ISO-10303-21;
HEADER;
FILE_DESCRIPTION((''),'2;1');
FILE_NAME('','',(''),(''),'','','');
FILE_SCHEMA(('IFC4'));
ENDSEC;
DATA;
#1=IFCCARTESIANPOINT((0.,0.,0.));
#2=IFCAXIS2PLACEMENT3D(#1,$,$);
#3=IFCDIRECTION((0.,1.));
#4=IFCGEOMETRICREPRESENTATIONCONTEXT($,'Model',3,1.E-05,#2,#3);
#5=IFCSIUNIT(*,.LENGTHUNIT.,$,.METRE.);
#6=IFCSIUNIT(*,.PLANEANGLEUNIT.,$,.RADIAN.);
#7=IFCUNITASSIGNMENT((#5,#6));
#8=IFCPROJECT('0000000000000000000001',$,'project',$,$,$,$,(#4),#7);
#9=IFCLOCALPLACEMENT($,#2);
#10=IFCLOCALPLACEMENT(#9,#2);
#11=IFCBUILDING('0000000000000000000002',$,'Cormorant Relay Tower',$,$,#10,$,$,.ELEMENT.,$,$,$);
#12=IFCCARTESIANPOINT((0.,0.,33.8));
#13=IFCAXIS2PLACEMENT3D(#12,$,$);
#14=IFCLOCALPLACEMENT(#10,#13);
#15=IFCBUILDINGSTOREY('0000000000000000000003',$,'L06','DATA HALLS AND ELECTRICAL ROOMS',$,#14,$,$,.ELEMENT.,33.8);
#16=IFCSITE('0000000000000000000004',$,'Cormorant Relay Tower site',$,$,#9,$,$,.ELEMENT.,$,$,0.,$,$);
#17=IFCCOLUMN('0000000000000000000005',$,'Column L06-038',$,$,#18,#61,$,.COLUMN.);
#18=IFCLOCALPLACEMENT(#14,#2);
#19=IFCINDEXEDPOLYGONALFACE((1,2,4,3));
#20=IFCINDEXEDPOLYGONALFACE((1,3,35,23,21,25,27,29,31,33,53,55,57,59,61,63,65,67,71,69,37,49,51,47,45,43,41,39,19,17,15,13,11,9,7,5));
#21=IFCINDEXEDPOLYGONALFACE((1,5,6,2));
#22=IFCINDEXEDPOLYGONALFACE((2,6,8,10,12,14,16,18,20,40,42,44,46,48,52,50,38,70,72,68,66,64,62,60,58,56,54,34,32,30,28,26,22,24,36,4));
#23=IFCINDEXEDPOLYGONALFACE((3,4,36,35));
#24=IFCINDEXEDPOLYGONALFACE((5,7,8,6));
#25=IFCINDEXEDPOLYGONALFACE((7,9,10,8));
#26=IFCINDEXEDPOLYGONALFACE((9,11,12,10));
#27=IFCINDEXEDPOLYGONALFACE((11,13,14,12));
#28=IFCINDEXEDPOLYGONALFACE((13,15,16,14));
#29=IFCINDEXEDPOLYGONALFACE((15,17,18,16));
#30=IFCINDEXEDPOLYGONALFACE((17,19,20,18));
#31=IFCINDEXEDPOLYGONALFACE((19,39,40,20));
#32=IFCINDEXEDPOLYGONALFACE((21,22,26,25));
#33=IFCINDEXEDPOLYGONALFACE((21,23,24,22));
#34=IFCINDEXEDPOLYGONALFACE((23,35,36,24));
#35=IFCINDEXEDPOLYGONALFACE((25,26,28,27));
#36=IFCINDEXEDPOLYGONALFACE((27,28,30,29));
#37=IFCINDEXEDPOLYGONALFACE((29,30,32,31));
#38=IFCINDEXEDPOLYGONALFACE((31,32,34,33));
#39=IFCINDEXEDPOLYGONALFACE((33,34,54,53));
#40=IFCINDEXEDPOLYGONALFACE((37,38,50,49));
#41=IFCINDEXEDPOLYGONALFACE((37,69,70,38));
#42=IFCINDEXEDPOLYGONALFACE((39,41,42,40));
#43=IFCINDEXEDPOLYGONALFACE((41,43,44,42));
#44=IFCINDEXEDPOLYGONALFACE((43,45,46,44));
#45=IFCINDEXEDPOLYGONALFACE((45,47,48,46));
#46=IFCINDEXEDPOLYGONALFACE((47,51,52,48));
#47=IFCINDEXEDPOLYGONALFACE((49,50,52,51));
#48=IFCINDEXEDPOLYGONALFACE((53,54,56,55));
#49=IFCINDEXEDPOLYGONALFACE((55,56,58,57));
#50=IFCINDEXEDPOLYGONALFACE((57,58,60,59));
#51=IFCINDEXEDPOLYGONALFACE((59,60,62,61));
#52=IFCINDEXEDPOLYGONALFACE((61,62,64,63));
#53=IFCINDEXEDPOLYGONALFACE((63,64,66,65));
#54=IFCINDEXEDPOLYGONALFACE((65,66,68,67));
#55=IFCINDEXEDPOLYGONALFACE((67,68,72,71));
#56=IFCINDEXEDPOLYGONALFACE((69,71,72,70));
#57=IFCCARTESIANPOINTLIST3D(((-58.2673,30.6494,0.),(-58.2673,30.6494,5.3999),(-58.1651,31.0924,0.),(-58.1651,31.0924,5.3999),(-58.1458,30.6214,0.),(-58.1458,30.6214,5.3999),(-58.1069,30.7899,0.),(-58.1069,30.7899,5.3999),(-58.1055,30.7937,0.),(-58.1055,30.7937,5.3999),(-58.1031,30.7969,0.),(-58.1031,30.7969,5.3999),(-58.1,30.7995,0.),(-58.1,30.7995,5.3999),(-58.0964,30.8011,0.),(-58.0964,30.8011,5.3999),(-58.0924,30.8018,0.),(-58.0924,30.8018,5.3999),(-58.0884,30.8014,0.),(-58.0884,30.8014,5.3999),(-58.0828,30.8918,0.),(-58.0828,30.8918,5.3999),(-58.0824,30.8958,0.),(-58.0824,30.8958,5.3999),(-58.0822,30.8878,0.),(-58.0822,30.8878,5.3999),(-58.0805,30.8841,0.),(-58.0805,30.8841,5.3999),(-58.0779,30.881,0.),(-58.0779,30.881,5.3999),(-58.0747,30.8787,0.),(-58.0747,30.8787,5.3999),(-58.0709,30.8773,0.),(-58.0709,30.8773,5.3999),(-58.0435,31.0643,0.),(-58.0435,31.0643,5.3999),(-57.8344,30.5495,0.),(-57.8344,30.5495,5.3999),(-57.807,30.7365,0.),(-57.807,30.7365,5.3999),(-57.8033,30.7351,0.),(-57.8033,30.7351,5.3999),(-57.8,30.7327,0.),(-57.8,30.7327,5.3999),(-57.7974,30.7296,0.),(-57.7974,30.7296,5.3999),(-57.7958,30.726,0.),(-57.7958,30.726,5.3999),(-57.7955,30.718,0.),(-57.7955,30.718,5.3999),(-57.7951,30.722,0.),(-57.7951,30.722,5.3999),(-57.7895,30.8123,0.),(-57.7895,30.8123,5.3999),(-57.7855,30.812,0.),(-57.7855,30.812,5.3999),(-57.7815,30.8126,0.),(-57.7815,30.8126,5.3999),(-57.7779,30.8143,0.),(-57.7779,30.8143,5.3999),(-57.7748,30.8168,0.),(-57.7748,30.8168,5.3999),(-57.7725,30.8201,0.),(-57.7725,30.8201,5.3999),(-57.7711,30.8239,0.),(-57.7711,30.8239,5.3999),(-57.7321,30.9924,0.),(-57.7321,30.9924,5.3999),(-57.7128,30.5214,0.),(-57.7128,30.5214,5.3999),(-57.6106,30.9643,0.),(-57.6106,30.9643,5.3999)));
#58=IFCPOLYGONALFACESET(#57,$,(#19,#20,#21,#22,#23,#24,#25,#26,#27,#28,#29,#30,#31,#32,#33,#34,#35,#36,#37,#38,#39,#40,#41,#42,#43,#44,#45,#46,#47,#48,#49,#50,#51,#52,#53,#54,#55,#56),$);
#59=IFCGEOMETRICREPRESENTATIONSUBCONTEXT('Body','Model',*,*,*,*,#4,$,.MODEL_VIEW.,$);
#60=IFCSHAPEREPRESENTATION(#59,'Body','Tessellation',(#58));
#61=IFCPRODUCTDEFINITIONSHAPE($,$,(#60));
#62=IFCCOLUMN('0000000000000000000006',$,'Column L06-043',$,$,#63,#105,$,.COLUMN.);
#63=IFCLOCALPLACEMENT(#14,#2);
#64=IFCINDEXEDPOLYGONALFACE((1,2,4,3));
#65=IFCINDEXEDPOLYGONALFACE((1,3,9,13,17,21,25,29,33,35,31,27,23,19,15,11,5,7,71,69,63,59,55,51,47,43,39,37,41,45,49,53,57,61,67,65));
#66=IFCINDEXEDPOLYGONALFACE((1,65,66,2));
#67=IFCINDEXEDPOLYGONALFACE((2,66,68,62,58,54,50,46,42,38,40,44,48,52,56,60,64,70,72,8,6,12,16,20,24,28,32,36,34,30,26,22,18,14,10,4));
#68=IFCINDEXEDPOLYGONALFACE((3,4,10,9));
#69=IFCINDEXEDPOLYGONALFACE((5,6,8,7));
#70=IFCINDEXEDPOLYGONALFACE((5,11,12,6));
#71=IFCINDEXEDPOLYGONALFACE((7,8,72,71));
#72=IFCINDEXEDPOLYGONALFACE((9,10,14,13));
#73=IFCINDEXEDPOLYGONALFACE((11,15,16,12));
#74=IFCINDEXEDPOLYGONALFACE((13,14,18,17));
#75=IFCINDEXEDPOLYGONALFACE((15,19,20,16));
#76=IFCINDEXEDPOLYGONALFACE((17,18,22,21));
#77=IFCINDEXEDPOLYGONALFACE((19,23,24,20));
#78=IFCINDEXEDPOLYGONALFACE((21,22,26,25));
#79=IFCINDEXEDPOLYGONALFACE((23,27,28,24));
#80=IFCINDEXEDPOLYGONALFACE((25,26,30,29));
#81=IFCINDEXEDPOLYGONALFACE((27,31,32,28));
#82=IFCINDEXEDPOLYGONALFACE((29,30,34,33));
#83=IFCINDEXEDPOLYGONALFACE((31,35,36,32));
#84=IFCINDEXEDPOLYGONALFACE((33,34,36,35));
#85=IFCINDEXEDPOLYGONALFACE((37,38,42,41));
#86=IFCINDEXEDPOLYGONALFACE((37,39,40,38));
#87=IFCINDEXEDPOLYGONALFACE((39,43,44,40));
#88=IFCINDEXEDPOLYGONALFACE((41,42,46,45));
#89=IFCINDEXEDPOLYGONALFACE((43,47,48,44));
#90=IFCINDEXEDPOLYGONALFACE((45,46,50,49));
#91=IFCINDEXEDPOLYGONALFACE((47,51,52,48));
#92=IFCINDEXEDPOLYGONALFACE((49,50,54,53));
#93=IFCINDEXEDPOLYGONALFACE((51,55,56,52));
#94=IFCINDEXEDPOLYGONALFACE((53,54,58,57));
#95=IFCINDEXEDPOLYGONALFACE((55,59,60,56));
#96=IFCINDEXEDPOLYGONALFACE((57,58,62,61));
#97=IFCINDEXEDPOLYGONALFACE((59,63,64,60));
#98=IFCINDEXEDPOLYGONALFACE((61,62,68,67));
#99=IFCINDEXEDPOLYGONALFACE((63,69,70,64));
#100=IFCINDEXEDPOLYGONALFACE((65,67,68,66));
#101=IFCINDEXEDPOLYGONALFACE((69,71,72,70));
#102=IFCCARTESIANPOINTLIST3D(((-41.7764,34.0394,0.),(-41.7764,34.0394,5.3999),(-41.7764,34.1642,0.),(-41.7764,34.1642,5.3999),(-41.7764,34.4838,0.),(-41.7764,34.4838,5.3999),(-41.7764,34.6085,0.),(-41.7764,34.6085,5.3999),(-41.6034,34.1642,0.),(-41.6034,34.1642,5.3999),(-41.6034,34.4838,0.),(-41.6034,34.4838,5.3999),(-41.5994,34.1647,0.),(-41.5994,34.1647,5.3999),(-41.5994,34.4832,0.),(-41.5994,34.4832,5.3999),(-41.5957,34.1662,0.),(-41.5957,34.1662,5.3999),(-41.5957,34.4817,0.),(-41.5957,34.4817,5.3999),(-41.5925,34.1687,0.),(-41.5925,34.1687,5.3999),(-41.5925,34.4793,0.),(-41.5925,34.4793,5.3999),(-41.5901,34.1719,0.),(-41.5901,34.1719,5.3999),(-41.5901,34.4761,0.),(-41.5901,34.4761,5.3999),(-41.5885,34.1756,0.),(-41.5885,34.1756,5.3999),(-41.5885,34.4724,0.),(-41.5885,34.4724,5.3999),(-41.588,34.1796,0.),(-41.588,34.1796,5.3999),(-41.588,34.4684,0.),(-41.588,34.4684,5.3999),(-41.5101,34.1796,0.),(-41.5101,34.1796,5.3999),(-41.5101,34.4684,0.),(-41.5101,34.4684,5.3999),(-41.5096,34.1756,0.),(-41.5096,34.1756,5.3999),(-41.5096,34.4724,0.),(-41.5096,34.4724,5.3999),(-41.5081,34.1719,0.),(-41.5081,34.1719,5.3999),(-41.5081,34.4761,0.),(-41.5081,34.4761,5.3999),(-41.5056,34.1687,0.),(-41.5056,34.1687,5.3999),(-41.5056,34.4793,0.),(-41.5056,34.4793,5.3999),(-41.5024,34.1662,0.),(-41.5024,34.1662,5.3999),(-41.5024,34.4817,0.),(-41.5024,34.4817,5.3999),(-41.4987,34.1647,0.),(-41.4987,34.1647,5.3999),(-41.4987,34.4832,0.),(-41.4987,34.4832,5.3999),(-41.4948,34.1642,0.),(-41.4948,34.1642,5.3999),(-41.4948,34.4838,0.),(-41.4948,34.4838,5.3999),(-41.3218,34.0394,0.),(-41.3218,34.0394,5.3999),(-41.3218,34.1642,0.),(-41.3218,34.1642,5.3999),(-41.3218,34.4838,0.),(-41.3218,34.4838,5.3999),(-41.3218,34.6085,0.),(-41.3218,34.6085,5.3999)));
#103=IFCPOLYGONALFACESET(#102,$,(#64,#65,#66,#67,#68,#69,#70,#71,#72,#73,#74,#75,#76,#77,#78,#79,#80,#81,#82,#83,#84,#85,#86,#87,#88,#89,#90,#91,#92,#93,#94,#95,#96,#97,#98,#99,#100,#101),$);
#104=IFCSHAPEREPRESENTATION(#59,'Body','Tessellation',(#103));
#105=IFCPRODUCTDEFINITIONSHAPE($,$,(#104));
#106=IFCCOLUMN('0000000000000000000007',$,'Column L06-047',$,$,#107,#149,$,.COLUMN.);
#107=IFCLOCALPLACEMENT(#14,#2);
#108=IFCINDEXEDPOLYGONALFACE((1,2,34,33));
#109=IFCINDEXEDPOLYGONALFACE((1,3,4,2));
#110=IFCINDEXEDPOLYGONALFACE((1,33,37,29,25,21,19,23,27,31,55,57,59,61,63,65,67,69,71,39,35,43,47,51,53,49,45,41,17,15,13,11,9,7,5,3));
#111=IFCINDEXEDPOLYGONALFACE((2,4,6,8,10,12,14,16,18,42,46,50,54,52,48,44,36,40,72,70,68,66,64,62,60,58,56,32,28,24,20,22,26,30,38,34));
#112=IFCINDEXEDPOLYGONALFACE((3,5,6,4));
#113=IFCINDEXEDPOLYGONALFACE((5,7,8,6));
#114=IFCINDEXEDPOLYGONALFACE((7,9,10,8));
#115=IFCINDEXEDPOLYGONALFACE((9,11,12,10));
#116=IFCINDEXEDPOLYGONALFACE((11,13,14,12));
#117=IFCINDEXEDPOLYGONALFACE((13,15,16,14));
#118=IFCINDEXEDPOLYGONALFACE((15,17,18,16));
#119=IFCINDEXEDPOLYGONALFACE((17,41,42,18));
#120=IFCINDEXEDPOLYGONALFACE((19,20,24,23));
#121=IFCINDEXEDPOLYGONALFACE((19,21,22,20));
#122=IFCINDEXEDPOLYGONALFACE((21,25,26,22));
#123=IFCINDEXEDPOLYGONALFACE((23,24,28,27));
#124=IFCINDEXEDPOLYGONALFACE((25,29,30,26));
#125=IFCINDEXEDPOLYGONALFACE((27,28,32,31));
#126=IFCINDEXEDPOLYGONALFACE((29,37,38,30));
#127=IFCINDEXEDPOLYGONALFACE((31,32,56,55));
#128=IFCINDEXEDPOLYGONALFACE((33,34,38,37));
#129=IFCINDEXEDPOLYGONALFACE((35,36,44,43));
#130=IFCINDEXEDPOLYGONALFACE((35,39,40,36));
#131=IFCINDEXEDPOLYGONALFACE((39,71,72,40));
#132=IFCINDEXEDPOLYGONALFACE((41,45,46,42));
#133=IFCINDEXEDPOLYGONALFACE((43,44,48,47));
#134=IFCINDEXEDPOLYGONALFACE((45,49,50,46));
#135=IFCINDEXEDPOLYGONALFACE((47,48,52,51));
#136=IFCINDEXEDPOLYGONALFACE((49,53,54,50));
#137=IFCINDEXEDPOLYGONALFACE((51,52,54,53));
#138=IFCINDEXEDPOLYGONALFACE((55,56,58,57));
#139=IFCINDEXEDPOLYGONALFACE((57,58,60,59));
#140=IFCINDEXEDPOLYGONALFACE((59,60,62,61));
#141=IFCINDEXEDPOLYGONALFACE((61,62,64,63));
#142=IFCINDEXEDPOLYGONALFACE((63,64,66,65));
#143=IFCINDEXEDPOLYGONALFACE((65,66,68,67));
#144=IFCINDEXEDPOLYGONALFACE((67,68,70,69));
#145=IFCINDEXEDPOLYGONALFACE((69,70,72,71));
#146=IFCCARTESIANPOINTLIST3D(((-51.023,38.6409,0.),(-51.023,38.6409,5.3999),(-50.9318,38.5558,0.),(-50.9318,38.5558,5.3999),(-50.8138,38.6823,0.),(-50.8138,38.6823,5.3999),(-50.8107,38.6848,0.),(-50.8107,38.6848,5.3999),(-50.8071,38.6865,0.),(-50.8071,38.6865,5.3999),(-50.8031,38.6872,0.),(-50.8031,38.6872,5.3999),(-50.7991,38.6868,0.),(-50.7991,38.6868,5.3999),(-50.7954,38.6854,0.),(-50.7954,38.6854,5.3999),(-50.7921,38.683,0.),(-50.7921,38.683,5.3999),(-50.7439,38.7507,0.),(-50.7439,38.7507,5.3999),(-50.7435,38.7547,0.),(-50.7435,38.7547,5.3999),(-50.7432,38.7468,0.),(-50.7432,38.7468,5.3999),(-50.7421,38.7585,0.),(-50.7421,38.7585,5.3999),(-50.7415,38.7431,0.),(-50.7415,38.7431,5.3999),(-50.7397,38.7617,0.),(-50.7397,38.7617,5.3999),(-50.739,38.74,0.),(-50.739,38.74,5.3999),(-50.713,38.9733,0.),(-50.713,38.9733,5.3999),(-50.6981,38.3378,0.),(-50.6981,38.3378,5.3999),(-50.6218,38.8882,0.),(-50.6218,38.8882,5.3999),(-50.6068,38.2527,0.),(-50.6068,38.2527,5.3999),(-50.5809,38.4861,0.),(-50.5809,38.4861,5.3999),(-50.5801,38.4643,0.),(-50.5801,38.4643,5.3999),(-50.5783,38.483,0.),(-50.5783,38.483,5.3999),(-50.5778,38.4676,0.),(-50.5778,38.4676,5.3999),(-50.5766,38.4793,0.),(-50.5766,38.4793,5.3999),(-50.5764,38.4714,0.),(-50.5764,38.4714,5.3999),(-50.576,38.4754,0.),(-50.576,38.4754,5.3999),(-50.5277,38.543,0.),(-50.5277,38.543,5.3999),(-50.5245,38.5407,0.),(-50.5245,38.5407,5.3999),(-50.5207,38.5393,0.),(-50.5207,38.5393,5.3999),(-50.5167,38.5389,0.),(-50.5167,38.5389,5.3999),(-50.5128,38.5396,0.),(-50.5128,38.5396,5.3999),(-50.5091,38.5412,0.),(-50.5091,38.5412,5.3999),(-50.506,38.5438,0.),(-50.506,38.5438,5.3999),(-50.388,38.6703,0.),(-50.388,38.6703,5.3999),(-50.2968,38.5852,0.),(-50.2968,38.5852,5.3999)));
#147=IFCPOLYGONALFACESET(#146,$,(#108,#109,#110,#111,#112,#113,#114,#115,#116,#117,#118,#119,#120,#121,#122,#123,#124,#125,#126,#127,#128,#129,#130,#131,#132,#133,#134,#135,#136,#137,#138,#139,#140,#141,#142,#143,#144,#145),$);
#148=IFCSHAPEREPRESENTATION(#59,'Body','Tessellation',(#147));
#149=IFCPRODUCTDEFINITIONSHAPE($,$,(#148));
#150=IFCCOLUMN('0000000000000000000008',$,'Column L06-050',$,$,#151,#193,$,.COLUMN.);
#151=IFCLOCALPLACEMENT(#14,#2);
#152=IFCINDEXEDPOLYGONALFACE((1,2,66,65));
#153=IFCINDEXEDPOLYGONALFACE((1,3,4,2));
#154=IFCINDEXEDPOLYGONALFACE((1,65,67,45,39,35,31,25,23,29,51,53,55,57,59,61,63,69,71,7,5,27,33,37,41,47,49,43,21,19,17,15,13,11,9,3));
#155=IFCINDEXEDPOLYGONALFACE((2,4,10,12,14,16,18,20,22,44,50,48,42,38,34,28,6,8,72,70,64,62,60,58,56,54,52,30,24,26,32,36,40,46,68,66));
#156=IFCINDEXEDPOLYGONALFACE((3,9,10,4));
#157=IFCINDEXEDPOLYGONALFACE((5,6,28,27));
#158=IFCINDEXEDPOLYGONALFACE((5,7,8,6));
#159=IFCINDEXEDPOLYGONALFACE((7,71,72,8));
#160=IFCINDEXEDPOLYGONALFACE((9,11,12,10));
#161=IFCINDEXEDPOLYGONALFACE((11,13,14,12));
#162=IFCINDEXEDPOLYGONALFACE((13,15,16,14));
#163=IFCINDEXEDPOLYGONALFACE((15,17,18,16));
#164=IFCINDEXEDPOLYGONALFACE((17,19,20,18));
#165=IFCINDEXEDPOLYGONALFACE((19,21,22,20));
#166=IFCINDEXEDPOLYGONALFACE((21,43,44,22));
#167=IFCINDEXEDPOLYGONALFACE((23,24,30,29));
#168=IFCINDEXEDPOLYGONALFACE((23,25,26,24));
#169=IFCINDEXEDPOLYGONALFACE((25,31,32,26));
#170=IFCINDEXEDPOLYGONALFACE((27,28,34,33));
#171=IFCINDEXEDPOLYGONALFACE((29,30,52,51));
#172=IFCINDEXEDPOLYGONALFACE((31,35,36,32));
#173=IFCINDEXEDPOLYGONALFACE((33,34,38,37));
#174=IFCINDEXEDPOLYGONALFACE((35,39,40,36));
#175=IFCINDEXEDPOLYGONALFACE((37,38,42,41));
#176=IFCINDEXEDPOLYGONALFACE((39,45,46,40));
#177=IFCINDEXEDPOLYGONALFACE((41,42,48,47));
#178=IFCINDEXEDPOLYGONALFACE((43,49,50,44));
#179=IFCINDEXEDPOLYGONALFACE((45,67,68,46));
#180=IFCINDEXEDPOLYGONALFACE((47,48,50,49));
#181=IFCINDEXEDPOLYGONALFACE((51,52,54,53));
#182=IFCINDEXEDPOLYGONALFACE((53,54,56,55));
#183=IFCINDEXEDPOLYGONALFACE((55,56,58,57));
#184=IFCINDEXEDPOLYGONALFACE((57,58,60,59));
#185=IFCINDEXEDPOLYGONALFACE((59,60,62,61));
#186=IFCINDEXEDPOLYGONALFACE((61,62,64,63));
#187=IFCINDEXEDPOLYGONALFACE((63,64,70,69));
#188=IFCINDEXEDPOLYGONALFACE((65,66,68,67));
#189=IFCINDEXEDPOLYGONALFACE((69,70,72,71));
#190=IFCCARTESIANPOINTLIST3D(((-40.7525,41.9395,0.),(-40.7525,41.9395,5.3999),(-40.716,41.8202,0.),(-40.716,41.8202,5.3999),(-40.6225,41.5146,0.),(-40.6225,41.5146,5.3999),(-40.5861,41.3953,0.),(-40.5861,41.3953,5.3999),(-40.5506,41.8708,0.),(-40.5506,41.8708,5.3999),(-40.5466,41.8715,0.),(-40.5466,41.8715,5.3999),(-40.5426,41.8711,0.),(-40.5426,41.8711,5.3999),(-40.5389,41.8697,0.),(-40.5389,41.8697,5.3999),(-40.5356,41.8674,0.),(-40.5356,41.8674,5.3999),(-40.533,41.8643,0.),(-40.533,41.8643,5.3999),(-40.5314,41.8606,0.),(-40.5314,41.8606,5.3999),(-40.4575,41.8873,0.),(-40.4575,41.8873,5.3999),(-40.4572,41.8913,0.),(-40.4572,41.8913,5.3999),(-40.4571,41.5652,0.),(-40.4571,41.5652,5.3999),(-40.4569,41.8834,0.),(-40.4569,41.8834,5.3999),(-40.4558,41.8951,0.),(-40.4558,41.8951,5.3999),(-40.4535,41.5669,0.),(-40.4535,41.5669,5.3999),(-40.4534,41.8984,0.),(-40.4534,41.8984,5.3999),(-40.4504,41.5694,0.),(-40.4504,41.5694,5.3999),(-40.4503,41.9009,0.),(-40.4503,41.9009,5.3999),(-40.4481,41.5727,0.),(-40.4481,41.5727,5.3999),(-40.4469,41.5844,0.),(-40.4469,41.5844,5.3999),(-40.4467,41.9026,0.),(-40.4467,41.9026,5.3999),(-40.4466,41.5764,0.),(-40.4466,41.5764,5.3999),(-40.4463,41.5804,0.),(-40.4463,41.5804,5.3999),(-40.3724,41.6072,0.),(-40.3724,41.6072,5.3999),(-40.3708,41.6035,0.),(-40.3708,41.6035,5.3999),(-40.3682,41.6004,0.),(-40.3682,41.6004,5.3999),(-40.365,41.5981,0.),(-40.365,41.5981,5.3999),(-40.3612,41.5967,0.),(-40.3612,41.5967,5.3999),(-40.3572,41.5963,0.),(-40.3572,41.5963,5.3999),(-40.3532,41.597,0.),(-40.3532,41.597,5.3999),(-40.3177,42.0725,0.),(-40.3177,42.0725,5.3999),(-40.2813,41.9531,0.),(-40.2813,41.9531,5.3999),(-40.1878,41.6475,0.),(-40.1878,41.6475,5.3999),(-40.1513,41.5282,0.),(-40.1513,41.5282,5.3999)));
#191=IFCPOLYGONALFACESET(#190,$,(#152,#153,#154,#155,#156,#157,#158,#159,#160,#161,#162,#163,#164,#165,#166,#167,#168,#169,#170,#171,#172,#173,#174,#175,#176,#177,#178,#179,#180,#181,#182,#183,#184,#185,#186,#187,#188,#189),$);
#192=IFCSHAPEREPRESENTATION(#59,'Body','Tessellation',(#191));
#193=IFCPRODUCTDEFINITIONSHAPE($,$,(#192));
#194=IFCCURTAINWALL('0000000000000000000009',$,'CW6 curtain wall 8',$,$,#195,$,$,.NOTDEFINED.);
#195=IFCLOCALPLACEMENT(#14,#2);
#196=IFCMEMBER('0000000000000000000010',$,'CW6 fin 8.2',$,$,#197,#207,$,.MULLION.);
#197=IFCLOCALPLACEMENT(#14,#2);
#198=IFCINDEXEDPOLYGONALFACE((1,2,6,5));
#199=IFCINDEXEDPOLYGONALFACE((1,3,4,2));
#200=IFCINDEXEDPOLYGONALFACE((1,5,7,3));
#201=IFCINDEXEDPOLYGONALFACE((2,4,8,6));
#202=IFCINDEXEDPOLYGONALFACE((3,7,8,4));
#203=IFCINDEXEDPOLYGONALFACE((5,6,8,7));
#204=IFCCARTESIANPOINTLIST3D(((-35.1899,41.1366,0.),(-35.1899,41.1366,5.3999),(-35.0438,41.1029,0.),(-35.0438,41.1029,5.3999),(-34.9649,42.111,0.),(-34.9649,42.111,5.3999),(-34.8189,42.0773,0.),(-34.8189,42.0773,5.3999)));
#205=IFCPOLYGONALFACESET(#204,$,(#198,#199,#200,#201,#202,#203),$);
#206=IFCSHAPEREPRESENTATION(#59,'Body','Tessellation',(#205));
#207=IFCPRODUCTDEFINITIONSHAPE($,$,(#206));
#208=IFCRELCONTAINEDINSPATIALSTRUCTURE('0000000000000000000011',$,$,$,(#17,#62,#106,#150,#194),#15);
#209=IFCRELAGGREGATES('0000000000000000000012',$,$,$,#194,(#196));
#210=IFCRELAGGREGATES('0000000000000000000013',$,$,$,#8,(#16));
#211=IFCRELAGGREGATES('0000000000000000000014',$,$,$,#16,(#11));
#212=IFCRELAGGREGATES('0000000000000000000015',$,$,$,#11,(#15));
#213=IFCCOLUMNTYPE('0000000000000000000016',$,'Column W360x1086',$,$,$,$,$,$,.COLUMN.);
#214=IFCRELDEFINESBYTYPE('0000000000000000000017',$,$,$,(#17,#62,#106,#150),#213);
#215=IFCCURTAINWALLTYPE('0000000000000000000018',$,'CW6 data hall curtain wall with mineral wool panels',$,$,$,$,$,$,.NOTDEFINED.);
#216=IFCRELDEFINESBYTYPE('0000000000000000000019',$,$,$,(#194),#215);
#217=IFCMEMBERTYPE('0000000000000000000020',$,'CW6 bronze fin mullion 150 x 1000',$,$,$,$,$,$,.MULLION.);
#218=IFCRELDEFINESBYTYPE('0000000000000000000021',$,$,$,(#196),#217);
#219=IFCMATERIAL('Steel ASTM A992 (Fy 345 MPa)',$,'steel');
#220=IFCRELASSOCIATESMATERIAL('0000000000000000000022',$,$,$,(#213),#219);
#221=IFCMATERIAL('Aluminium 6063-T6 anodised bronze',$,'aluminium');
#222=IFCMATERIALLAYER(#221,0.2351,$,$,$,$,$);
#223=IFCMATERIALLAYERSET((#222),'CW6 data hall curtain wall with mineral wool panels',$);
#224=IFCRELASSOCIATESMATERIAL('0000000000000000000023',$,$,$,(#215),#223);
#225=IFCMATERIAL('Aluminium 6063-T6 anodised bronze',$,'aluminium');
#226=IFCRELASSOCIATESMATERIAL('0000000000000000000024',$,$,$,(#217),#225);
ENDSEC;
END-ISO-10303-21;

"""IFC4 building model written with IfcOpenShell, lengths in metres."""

from ifc_helpers import new_model, si_unit, direction, frame, origin, origin_2d, place, context, subcontext, project, spatial, rectangle, i_section, extrude, material, layer, layer_set, material_profile, profile_set, type_object, element, aggregate, save


model = new_model("IFC4")

# Units and contexts
model_context = context("Model", 3, precision=1e-05, world=origin(), true_north=direction((0.0, 1.0)))
body_context = subcontext(model_context, "Body", "Model", "MODEL_VIEW")
ifc_project = project(units=[si_unit("LENGTHUNIT", "METRE"), si_unit("PLANEANGLEUNIT", "RADIAN")], contexts=[model_context])

# Site, building, storey
site_placement = place(None, origin())
site = spatial("IfcSite", under=ifc_project, at=site_placement, Name="Cormorant Relay Tower site", CompositionType="ELEMENT", RefElevation=0.0)
building_placement = place(site_placement, origin())
building = spatial("IfcBuilding", under=site, at=building_placement, Name="Cormorant Relay Tower", CompositionType="ELEMENT")
storey_placement = place(building_placement, frame((0.0, 0.0, 33.8)))
storey = spatial("IfcBuildingStorey", under=building, at=storey_placement, Name="L06", Description="DATA HALLS AND ELECTRICAL ROOMS", CompositionType="ELEMENT", Elevation=33.8)

# Columns
ifc_material_1 = material(Name="Steel ASTM A992 (Fy 345 MPa)", Category="steel")
ifc_material_profile_1 = material_profile(ifc_material_1, i_section(OverallWidth=0.4546, OverallDepth=0.5691, WebThickness=0.0779, FlangeThickness=0.1248, FilletRadius=0.0154, at=origin_2d()), Name="W360x1086")
ifc_profile_set_1 = profile_set([ifc_material_profile_1], Name="Steel ASTM A992 (Fy 345 MPa)")
column_type = type_object("IfcColumnType", Name="Column W360x1086", PredefinedType="COLUMN", material=ifc_profile_set_1)
for number, where, z_axis, x_axis, name in (
    (1, (-57.939, 30.8069, 0.0), (0.0, 0.0, 1.0), (-0.224951, -0.97437, 0.0), "Column L06-038"),
    (2, (-41.5491, 34.324, 0.0), (0.0, 0.0, 1.0), (1.0, 0.0, 0.0), "Column L06-043"),
    (3, (-50.6599, 38.613, 0.0), (0.0, 0.0, 1.0), (-0.681998, -0.731354, 0.0), "Column L06-047"),
    (4, (-40.4519, 41.7339, 0.0), (0.0, 0.0, 1.0), (-0.956305, -0.292372, 0.0), "Column L06-050"),
):
    element("IfcColumn", number, at=place(storey_placement, frame(where, z_axis=z_axis, x_axis=x_axis)), inside=storey, type_object=column_type, Name=name, PredefinedType="COLUMN", context=body_context, shape_type="SweptSolid", body=[
        extrude(i_section(OverallWidth=0.4546, OverallDepth=0.5691, WebThickness=0.0779, FlangeThickness=0.1248, FilletRadius=0.0154, at=origin_2d()), origin(), (0.0, 0.0, 1.0), 5.3999),
    ])

# Curtain wall, member
ifc_material_2 = material(Name="Aluminium 6063-T6 anodised bronze", Category="aluminium")
ifc_layer_1 = layer(ifc_material_2, 0.2351)
ifc_layer_set_1 = layer_set([ifc_layer_1], Name="CW6 data hall curtain wall with mineral wool panels")
curtain_wall_type = type_object("IfcCurtainWallType", Name="CW6 data hall curtain wall with mineral wool panels", PredefinedType="NOTDEFINED", material=ifc_layer_set_1)
curtain_wall_1_placement = place(storey_placement, origin())
curtain_wall_1 = element("IfcCurtainWall", 5, at=curtain_wall_1_placement, inside=storey, type_object=curtain_wall_type, Name="CW6 curtain wall 8", PredefinedType="NOTDEFINED")
ifc_material_3 = material(Name="Aluminium 6063-T6 anodised bronze", Category="aluminium")
ifc_material_profile_2 = material_profile(ifc_material_3, rectangle(XDim=0.1499, YDim=1.0, at=origin_2d()), Name="AL 150x1000")
ifc_profile_set_2 = profile_set([ifc_material_profile_2], Name="Aluminium 6063-T6 anodised bronze")
member_type_1 = type_object("IfcMemberType", Name="CW6 bronze fin mullion 150 x 1000", PredefinedType="MULLION", material=ifc_profile_set_2)
member_1_placement = place(storey_placement, frame((-35.0044, 41.6069, 0.0), z_axis=(0.0, 0.0, 1.0), x_axis=(-0.97437, 0.224951, 0.0)))
member_1 = element("IfcMember", 6, at=member_1_placement, type_object=member_type_1, Name="CW6 fin 8.2", PredefinedType="MULLION", context=body_context, shape_type="SweptSolid", body=[
    extrude(rectangle(XDim=0.1499, YDim=1.0, at=origin_2d()), origin(), (0.0, 0.0, 1.0), 5.3999),
])

aggregate(curtain_wall_1, [member_1])

save(model, "model.ifc")
